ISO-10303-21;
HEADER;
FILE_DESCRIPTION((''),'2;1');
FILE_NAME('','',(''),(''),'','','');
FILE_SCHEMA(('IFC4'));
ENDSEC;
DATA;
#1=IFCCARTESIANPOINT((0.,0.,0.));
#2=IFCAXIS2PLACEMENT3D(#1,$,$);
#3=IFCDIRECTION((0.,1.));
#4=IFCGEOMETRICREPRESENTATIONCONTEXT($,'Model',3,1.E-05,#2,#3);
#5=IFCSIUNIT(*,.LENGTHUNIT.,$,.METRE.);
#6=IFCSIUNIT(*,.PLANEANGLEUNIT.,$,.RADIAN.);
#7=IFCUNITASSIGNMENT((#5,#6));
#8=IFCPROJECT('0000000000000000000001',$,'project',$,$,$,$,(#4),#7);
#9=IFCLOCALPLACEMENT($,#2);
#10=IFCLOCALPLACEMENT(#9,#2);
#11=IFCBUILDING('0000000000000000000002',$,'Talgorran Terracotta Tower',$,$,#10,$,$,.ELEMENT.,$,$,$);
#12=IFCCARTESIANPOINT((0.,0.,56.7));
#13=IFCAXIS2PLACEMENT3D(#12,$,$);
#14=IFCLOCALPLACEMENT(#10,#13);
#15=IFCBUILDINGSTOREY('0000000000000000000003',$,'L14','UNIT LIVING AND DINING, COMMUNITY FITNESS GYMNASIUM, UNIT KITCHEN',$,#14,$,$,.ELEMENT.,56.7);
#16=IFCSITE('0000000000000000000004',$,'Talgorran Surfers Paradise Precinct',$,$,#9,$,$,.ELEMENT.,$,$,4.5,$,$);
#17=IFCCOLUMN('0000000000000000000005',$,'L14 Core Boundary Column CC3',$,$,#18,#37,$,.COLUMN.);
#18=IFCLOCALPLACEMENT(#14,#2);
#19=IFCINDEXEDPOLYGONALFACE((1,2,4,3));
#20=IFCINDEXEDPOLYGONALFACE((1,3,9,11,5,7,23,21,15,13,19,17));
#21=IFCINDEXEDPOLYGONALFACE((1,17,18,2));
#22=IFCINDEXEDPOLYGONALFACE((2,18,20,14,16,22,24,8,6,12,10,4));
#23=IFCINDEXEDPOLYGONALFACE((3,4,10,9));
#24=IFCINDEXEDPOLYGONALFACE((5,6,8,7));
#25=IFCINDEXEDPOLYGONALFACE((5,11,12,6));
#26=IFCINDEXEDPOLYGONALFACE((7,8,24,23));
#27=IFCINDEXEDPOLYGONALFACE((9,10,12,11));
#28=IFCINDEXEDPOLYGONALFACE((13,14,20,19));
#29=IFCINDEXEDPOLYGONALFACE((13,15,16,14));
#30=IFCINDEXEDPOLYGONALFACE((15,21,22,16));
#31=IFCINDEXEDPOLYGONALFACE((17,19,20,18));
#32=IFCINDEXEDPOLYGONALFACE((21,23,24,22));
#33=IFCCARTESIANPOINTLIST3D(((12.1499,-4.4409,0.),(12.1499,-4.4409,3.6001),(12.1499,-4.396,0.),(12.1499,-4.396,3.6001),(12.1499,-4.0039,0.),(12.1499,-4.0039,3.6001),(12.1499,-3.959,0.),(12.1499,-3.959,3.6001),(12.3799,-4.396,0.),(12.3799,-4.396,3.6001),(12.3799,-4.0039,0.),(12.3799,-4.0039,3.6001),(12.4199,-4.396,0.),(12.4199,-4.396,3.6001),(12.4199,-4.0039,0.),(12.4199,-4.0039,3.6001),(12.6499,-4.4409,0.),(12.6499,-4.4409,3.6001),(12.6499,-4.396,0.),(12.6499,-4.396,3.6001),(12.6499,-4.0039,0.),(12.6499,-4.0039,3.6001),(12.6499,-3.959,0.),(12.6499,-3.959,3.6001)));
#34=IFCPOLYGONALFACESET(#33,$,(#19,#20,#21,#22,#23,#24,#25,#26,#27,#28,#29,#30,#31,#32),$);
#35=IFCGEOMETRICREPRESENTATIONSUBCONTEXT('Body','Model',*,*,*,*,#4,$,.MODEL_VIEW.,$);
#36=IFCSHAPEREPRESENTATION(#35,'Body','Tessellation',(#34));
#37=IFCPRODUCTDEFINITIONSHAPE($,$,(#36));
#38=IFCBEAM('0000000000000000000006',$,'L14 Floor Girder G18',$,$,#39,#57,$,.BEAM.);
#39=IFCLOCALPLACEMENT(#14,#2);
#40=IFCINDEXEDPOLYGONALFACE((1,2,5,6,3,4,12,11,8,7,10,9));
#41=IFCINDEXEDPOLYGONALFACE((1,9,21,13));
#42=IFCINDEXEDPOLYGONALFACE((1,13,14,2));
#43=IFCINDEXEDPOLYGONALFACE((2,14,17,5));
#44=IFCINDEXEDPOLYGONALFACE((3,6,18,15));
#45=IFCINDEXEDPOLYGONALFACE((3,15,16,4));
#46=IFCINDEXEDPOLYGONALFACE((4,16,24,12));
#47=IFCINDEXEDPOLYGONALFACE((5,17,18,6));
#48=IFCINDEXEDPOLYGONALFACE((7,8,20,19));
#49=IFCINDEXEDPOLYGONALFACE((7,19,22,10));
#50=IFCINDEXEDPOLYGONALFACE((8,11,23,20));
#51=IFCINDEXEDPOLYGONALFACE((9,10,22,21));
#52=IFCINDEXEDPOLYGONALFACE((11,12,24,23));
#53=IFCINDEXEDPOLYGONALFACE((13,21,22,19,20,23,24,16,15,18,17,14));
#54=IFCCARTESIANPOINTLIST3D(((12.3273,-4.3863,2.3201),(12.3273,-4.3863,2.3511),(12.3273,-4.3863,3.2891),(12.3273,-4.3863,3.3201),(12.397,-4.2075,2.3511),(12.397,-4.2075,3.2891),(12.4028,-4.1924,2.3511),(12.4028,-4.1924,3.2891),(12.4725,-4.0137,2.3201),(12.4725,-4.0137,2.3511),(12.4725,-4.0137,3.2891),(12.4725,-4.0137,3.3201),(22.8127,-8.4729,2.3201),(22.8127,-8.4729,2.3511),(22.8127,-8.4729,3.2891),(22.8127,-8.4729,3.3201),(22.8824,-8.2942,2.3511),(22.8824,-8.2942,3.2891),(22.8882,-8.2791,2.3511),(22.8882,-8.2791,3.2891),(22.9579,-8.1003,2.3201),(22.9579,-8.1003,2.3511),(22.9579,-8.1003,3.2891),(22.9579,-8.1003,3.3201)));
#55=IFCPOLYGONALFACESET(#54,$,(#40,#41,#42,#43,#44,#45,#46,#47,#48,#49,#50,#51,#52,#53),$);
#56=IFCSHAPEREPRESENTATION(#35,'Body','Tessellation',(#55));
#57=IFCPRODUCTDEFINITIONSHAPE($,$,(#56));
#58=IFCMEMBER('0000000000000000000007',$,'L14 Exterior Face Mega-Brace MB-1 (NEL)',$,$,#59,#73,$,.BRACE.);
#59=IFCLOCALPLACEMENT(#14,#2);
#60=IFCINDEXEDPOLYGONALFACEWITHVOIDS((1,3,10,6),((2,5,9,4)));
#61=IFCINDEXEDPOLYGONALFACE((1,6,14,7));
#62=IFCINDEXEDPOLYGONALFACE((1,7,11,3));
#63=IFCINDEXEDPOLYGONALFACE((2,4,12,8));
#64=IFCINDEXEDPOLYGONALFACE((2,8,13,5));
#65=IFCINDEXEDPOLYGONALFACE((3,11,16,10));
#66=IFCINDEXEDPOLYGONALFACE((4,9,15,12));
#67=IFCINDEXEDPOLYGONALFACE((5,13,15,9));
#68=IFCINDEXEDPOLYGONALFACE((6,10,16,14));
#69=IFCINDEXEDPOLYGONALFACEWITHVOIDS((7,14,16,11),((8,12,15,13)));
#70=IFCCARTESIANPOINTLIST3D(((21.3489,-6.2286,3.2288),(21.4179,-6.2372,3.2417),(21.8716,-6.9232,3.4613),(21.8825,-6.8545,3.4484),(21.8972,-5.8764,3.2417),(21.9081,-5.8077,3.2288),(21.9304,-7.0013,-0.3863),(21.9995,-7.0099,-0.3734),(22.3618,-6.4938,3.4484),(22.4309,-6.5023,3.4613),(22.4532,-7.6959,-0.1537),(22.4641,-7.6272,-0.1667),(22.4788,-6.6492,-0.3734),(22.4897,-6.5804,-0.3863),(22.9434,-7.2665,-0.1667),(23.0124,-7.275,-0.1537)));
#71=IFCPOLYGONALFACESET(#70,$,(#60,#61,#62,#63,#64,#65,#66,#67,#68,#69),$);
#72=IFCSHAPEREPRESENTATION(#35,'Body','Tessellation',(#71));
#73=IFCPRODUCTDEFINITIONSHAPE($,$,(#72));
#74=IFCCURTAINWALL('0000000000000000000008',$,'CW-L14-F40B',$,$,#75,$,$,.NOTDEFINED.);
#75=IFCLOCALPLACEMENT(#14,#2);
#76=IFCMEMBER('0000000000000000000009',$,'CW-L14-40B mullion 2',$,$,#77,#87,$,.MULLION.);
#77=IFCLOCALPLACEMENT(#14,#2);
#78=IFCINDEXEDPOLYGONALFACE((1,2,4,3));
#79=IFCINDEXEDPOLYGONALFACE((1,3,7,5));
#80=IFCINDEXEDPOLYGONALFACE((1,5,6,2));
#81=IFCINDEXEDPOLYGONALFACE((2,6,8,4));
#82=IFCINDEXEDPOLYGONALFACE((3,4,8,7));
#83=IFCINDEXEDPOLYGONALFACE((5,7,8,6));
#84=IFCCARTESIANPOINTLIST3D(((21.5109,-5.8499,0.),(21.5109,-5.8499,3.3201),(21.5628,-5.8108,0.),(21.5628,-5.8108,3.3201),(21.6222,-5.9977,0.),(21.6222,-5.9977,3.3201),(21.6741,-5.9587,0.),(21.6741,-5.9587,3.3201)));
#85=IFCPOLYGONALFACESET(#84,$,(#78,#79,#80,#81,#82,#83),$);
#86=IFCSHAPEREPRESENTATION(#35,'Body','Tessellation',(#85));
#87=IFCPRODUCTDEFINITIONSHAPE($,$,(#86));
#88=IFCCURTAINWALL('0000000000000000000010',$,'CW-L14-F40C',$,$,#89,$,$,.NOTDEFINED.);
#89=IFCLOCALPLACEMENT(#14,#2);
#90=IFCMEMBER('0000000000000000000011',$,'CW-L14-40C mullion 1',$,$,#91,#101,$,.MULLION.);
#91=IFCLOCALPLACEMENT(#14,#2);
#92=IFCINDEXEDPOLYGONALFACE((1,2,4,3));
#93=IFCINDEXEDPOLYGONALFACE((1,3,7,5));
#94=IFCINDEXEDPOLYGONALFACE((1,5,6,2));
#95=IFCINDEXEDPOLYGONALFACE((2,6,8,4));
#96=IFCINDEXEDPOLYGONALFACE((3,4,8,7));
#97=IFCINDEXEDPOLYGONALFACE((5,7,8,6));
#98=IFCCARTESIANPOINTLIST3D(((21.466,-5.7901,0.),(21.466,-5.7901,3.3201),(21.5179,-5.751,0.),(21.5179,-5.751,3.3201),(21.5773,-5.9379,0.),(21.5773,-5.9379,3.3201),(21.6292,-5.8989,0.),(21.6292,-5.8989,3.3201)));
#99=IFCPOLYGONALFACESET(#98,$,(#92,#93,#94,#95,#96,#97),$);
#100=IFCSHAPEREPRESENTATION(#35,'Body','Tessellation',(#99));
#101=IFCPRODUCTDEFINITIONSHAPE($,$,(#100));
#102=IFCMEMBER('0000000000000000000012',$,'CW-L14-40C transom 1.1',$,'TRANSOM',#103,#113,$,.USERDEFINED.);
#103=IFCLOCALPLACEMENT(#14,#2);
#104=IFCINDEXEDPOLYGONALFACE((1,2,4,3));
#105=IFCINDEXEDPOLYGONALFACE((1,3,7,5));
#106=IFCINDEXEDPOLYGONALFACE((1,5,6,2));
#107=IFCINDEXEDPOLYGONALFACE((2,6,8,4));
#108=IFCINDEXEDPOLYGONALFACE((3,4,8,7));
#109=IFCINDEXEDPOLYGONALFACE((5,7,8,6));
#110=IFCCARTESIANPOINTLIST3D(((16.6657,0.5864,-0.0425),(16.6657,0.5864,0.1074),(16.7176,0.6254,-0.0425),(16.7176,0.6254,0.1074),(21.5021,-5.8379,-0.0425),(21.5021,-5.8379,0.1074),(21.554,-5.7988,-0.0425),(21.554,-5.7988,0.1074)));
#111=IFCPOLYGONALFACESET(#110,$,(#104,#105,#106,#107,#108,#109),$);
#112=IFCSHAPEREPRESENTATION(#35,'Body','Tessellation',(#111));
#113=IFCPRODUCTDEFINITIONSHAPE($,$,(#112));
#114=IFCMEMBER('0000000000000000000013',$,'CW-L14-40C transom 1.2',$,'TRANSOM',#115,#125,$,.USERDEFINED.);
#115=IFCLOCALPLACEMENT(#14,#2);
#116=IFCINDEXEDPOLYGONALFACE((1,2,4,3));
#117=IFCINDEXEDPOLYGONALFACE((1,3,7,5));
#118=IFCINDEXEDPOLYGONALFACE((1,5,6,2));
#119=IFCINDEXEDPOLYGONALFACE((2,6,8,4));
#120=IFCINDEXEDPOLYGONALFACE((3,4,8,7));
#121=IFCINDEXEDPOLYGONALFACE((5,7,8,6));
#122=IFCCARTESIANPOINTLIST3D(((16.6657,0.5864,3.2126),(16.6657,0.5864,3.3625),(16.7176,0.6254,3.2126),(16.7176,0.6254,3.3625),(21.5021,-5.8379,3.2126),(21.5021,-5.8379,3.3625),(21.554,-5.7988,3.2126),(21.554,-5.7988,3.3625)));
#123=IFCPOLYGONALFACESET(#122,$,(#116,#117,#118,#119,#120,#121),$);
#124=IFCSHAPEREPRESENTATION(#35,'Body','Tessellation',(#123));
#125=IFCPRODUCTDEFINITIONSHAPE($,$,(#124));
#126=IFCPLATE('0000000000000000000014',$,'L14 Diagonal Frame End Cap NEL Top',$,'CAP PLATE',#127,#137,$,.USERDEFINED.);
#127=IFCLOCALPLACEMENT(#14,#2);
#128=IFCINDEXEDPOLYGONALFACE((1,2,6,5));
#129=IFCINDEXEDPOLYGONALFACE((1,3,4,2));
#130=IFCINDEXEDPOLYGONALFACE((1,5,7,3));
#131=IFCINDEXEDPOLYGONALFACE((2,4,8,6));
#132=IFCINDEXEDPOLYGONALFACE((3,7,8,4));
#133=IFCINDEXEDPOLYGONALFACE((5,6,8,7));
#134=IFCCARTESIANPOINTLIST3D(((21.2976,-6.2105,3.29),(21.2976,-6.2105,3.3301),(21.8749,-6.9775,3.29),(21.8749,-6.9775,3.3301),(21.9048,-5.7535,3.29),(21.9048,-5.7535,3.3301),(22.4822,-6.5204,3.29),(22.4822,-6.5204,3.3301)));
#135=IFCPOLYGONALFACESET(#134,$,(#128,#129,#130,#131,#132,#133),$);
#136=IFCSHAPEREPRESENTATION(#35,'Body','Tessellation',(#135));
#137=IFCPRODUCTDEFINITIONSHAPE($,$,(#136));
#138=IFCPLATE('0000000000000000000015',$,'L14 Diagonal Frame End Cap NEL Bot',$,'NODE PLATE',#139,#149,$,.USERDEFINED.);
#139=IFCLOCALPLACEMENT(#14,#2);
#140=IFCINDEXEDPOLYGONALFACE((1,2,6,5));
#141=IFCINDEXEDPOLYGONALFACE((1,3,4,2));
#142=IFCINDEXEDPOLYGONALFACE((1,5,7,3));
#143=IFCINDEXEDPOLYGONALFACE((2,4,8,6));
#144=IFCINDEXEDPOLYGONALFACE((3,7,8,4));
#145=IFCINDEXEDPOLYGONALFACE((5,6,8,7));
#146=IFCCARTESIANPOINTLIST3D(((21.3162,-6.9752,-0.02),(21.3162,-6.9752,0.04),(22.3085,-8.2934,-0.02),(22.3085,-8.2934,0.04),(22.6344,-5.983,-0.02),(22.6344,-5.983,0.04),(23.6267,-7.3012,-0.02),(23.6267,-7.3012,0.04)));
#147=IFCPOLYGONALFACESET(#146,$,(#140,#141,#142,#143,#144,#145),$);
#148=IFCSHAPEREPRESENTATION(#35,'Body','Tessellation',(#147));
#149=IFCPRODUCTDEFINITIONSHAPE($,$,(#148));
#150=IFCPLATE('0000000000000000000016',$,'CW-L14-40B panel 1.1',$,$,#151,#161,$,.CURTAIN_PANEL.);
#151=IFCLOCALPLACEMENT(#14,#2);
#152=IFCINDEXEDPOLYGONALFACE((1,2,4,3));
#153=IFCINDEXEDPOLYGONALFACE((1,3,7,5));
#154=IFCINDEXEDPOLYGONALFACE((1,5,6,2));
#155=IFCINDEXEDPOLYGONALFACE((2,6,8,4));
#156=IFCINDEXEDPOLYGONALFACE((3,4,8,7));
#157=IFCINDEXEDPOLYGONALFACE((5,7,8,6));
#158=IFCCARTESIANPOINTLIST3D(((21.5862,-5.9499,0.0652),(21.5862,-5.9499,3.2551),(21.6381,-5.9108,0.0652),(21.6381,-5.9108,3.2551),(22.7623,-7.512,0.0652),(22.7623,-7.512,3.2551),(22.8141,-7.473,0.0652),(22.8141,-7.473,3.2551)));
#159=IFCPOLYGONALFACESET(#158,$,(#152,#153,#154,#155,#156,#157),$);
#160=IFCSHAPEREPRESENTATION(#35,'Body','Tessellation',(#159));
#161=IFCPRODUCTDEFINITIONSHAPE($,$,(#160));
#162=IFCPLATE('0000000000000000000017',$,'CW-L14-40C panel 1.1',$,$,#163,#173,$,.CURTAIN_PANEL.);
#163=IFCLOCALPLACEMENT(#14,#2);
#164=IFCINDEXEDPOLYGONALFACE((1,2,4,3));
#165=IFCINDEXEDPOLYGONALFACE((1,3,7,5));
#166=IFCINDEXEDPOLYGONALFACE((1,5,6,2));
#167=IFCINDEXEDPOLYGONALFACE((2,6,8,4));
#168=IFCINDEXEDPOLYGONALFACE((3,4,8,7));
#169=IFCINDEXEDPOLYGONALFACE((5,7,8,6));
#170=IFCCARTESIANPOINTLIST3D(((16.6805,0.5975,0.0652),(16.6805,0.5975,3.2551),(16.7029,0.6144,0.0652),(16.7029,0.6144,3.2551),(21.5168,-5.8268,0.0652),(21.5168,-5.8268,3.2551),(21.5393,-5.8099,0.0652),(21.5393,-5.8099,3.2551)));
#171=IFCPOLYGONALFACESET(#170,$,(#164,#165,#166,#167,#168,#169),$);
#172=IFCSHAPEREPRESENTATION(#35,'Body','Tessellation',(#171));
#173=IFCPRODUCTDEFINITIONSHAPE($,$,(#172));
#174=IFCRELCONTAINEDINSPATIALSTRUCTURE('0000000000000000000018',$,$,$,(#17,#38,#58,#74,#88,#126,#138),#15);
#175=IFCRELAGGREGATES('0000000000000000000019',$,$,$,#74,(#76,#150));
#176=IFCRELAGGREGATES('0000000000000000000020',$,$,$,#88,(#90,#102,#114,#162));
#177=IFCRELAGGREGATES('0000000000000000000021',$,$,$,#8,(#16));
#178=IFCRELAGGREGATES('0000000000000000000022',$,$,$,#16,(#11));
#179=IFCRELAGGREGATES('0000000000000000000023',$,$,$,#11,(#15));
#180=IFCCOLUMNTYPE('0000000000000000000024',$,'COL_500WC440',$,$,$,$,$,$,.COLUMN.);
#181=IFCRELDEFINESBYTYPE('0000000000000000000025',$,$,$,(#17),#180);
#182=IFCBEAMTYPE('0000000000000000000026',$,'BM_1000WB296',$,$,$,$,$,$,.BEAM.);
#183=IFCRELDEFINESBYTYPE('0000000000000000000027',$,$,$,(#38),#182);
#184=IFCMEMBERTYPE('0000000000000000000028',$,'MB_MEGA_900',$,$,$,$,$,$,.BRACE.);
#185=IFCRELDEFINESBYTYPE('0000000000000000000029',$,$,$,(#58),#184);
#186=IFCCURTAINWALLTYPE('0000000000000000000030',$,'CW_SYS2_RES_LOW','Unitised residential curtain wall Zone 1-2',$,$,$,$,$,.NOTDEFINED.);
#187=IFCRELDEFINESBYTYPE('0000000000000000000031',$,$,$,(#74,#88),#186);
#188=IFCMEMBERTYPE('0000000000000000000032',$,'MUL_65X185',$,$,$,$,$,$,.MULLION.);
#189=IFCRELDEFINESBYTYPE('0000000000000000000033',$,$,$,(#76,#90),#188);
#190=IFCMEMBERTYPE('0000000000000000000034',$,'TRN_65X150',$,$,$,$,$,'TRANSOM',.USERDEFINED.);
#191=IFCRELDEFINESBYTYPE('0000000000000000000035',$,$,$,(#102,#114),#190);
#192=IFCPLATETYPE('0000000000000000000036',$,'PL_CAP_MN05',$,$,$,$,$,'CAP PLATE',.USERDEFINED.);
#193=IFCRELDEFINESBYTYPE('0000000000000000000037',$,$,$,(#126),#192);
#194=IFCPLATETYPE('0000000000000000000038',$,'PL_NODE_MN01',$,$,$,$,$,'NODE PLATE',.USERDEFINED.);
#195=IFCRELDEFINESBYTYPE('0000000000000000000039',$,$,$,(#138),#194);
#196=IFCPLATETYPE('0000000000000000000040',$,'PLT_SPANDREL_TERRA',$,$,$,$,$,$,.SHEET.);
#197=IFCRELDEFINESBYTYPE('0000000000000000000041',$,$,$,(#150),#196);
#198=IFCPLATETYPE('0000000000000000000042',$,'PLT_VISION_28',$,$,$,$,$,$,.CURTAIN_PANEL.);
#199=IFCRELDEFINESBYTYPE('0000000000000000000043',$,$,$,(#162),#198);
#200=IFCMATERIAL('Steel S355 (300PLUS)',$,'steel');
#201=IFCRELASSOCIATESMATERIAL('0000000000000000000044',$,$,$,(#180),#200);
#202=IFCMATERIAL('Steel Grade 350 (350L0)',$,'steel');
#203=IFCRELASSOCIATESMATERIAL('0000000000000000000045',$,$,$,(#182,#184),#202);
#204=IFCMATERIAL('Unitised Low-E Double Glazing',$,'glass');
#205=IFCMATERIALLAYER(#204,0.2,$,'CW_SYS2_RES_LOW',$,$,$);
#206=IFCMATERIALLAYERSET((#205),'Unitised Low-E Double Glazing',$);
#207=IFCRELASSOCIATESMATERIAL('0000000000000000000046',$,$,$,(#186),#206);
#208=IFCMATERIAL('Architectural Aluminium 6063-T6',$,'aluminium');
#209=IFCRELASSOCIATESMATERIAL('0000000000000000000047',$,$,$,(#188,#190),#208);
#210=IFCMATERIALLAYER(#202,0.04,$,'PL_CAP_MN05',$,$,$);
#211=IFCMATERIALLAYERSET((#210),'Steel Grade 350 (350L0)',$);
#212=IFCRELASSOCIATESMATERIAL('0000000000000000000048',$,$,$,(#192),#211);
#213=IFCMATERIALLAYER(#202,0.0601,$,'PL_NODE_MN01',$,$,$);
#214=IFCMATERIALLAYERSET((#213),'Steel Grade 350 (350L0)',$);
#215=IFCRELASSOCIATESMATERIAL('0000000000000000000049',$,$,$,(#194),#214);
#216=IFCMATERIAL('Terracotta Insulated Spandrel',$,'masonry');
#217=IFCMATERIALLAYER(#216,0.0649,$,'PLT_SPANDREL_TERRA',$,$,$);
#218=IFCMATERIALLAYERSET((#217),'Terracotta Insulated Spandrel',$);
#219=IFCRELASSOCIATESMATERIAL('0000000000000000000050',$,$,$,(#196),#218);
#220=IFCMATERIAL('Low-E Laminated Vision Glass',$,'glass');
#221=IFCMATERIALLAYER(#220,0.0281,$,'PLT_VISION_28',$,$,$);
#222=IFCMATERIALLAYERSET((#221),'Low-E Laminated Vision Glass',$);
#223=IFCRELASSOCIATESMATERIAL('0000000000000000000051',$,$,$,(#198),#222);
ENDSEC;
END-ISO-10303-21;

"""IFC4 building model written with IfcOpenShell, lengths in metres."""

from ifc_helpers import new_model, si_unit, direction, frame, origin, origin_2d, place, context, subcontext, project, spatial, rectangle, hollow_rectangle, i_section, extrude, source, transform, mapped, material, layer, layer_set, material_profile, profile_set, type_object, type_shapes, element, aggregate, save


model = new_model("IFC4")

# Units and contexts
model_context = context("Model", 3, precision=1e-05, world=origin(), true_north=direction((0.0, 1.0)))
body_context = subcontext(model_context, "Body", "Model", "MODEL_VIEW")
ifc_project = project(units=[si_unit("LENGTHUNIT", "METRE"), si_unit("PLANEANGLEUNIT", "RADIAN")], contexts=[model_context])

# Site, building, storey
site_placement = place(None, origin())
site = spatial("IfcSite", under=ifc_project, at=site_placement, Name="Talgorran Surfers Paradise Precinct", CompositionType="ELEMENT", RefElevation=4.5)
building_placement = place(site_placement, origin())
building = spatial("IfcBuilding", under=site, at=building_placement, Name="Talgorran Terracotta Tower", CompositionType="ELEMENT")
storey_placement = place(building_placement, frame((0.0, 0.0, 56.7)))
storey = spatial("IfcBuildingStorey", under=building, at=storey_placement, Name="L14", Description="UNIT LIVING AND DINING, COMMUNITY FITNESS GYMNASIUM, UNIT KITCHEN", CompositionType="ELEMENT", Elevation=56.7)

# Column
ifc_material_1 = material(Name="Steel S355 (300PLUS)", Category="steel")
ifc_material_profile_1 = material_profile(ifc_material_1, i_section(OverallWidth=0.5, OverallDepth=0.4819, WebThickness=0.04, FlangeThickness=0.0449, at=origin_2d()), Name="500WC440")
ifc_profile_set_1 = profile_set([ifc_material_profile_1], Name="Steel S355 (300PLUS)")
column_type = type_object("IfcColumnType", Name="COL_500WC440", PredefinedType="COLUMN", material=ifc_profile_set_1)
column_placement = place(storey_placement, frame((12.3999, -4.2, 0.0), z_axis=(0.0, 0.0, 1.0), x_axis=(1.0, 0.0, 0.0)))
element("IfcColumn", 1, at=column_placement, inside=storey, type_object=column_type, Name="L14 Core Boundary Column CC3", PredefinedType="COLUMN", context=body_context, shape_type="SweptSolid", body=[
    extrude(i_section(OverallWidth=0.5, OverallDepth=0.4819, WebThickness=0.04, FlangeThickness=0.0449, at=origin_2d()), origin(), (0.0, 0.0, 1.0), 3.6001),
])

# Beam
ifc_material_2 = material(Name="Steel Grade 350 (350L0)", Category="steel")
ifc_material_profile_2 = material_profile(ifc_material_2, i_section(OverallWidth=0.3999, OverallDepth=1.0, WebThickness=0.0161, FlangeThickness=0.031, at=origin_2d()), Name="1000WB296")
ifc_profile_set_2 = profile_set([ifc_material_profile_2], Name="Steel Grade 350 (350L0)")
beam_type = type_object("IfcBeamType", Name="BM_1000WB296", PredefinedType="BEAM", material=ifc_profile_set_2)
beam_placement = place(storey_placement, frame((12.3999, -4.2, 2.8201), z_axis=(0.931733, -0.363143, 0.0), x_axis=(0.363143, 0.931733, 0.0)))
element("IfcBeam", 2, at=beam_placement, inside=storey, type_object=beam_type, Name="L14 Floor Girder G18", PredefinedType="BEAM", context=body_context, shape_type="SweptSolid", body=[
    extrude(i_section(OverallWidth=0.3999, OverallDepth=1.0, WebThickness=0.0161, FlangeThickness=0.031, at=origin_2d()), origin(), (0.0, 0.0, 1.0), 11.2537),
])

# Member
ifc_material_profile_3 = material_profile(ifc_material_2, hollow_rectangle(XDim=0.7, YDim=0.8999, WallThickness=0.05, at=origin_2d()), Name="WBOX900X700X50")
ifc_profile_set_3 = profile_set([ifc_material_profile_3], Name="Steel Grade 350 (350L0)")
member_type_1 = type_object("IfcMemberType", Name="MB_MEGA_900", PredefinedType="BRACE", material=ifc_profile_set_3)
member_1_placement = place(storey_placement, frame((22.4714, -7.1382, -0.27), z_axis=(-0.155405, 0.206489, 0.966029), x_axis=(-0.798999, -0.601332, 0.0)))
element("IfcMember", 3, at=member_1_placement, inside=storey, type_object=member_type_1, Name="L14 Exterior Face Mega-Brace MB-1 (NEL)", PredefinedType="BRACE", context=body_context, shape_type="SweptSolid", body=[
    extrude(hollow_rectangle(XDim=0.7, YDim=0.8999, WallThickness=0.05, at=origin_2d()), origin(), (0.0, 0.0, 1.0), 3.7422),
])

# Curtain wall, member
ifc_material_3 = material(Name="Unitised Low-E Double Glazing", Category="glass")
ifc_layer_1 = layer(ifc_material_3, 0.2, Name="CW_SYS2_RES_LOW")
ifc_layer_set_1 = layer_set([ifc_layer_1], Name="Unitised Low-E Double Glazing")
curtain_wall_type = type_object("IfcCurtainWallType", Name="CW_SYS2_RES_LOW", Description="Unitised residential curtain wall Zone 1-2", PredefinedType="NOTDEFINED", material=ifc_layer_set_1)
curtain_wall_1_placement = place(storey_placement, origin())
curtain_wall_1 = element("IfcCurtainWall", 4, at=curtain_wall_1_placement, inside=storey, type_object=curtain_wall_type, Name="CW-L14-F40B", PredefinedType="NOTDEFINED")
ifc_material_4 = material(Name="Architectural Aluminium 6063-T6", Category="aluminium")
ifc_material_profile_4 = material_profile(ifc_material_4, rectangle(XDim=0.0649, YDim=0.1851, at=origin_2d()), Name="CWM65X185")
ifc_profile_set_4 = profile_set([ifc_material_profile_4], Name="Architectural Aluminium 6063-T6")
member_type_2 = type_object("IfcMemberType", Name="MUL_65X185", PredefinedType="MULLION", material=ifc_profile_set_4)
member_2_placement = place(storey_placement, frame((21.5925, -5.9043, 0.0), z_axis=(0.0, 0.0, 1.0), x_axis=(-0.798917, -0.601441, 0.0)))
member_2 = element("IfcMember", 5, at=member_2_placement, type_object=member_type_2, Name="CW-L14-40B mullion 2", PredefinedType="MULLION", context=body_context, shape_type="SweptSolid", body=[
    extrude(rectangle(XDim=0.0649, YDim=0.1851, at=origin_2d()), origin(), (0.0, 0.0, 1.0), 3.3201),
])

# Curtain wall, members
curtain_wall_2_placement = place(storey_placement, origin())
curtain_wall_2 = element("IfcCurtainWall", 6, at=curtain_wall_2_placement, inside=storey, type_object=curtain_wall_type, Name="CW-L14-F40C", PredefinedType="NOTDEFINED")
member_3_placement = place(storey_placement, frame((21.5476, -5.8445, 0.0), z_axis=(0.0, 0.0, 1.0), x_axis=(-0.798915, -0.601444, 0.0)))
member_3 = element("IfcMember", 7, at=member_3_placement, type_object=member_type_2, Name="CW-L14-40C mullion 1", PredefinedType="MULLION", context=body_context, shape_type="SweptSolid", body=[
    extrude(rectangle(XDim=0.0649, YDim=0.1851, at=origin_2d()), origin(), (0.0, 0.0, 1.0), 3.3201),
])
ifc_material_profile_5 = material_profile(ifc_material_4, rectangle(XDim=0.0649, YDim=0.1499, at=origin_2d()), Name="CWT65X150")
ifc_profile_set_5 = profile_set([ifc_material_profile_5], Name="Architectural Aluminium 6063-T6")
member_type_3 = type_object("IfcMemberType", Name="TRN_65X150", ElementType="TRANSOM", PredefinedType="USERDEFINED", material=ifc_profile_set_5)
member_4_placement = place(storey_placement, frame((21.5281, -5.8184, 0.0325), z_axis=(-0.601447, 0.798913, 0.0), x_axis=(-0.798913, -0.601447, 0.0)))
member_4 = element("IfcMember", 8, at=member_4_placement, type_object=member_type_3, Name="CW-L14-40C transom 1.1", ObjectType="TRANSOM", PredefinedType="USERDEFINED", context=body_context, shape_type="SweptSolid", body=[
    extrude(rectangle(XDim=0.0649, YDim=0.1499, at=origin_2d()), origin(), (0.0, 0.0, 1.0), 8.0413),
])
member_5_placement = place(storey_placement, frame((21.5281, -5.8184, 3.2876), z_axis=(-0.601447, 0.798913, 0.0), x_axis=(-0.798913, -0.601447, 0.0)))
member_5 = element("IfcMember", 9, at=member_5_placement, type_object=member_type_3, Name="CW-L14-40C transom 1.2", ObjectType="TRANSOM", PredefinedType="USERDEFINED", context=body_context, shape_type="SweptSolid", body=[
    extrude(rectangle(XDim=0.0649, YDim=0.1499, at=origin_2d()), origin(), (0.0, 0.0, 1.0), 8.0413),
])

# Plates
ifc_layer_2 = layer(ifc_material_2, 0.04, Name="PL_CAP_MN05")
ifc_layer_set_2 = layer_set([ifc_layer_2], Name="Steel Grade 350 (350L0)")
plate_type_1 = type_object("IfcPlateType", Name="PL_CAP_MN05", ElementType="CAP PLATE", PredefinedType="USERDEFINED", material=ifc_layer_set_2)
plate_1_placement = place(storey_placement, frame((21.8899, -6.3655, 3.29), z_axis=(0.0, 0.0, 1.0), x_axis=(-0.601397, 0.798951, 0.0)))
element("IfcPlate", 10, at=plate_1_placement, inside=storey, type_object=plate_type_1, Name="L14 Diagonal Frame End Cap NEL Top", ObjectType="CAP PLATE", PredefinedType="USERDEFINED", context=body_context, shape_type="SweptSolid", body=[
    extrude(rectangle(XDim=0.96, YDim=0.76, at=origin_2d()), origin(), (0.0, 0.0, 1.0), 0.04),
])
ifc_layer_3 = layer(ifc_material_2, 0.0601, Name="PL_NODE_MN01")
ifc_layer_set_3 = layer_set([ifc_layer_3], Name="Steel Grade 350 (350L0)")
plate_type_2 = type_object("IfcPlateType", Name="PL_NODE_MN01", ElementType="NODE PLATE", PredefinedType="USERDEFINED", material=ifc_layer_set_3)
plate_2_placement = place(storey_placement, frame((22.4714, -7.1382, -0.02), z_axis=(0.0, 0.0, 1.0), x_axis=(-0.601397, 0.798951, 0.0)))
element("IfcPlate", 11, at=plate_2_placement, inside=storey, type_object=plate_type_2, Name="L14 Diagonal Frame End Cap NEL Bot", ObjectType="NODE PLATE", PredefinedType="USERDEFINED", context=body_context, shape_type="SweptSolid", body=[
    extrude(rectangle(XDim=1.6499, YDim=1.6499, at=origin_2d()), origin(), (0.0, 0.0, 1.0), 0.0601),
])

# Plates
ifc_material_5 = material(Name="Terracotta Insulated Spandrel", Category="masonry")
ifc_layer_4 = layer(ifc_material_5, 0.0649, Name="PLT_SPANDREL_TERRA")
ifc_layer_set_4 = layer_set([ifc_layer_4], Name="Terracotta Insulated Spandrel")
plate_type_3 = type_object("IfcPlateType", Name="PLT_SPANDREL_TERRA", PredefinedType="SHEET", material=ifc_layer_set_4)
shared_shape_1 = source(origin(), body_context, "Body", "SweptSolid", [
    extrude(rectangle(XDim=1.9553, YDim=0.0649, at=origin_2d()), origin(), (0.0, 0.0, 1.0), 3.1899),
])
type_shapes(plate_type_3, [shared_shape_1])
plate_3_placement = place(storey_placement, frame((22.2002, -6.7114, 0.0652), z_axis=(0.0, 0.0, 1.0), x_axis=(-0.601441, 0.798917, 0.0)))
plate_3 = element("IfcPlate", 12, at=plate_3_placement, type_object=plate_type_3, Name="CW-L14-40B panel 1.1", PredefinedType="CURTAIN_PANEL", context=body_context, shape_type="MappedRepresentation", body=[
    mapped(shared_shape_1, transform((0.0, 0.0, 0.0), scale=1.0)),
])
aggregate(curtain_wall_1, [member_2, plate_3])
ifc_material_6 = material(Name="Low-E Laminated Vision Glass", Category="glass")
ifc_layer_5 = layer(ifc_material_6, 0.0281, Name="PLT_VISION_28")
ifc_layer_set_5 = layer_set([ifc_layer_5], Name="Low-E Laminated Vision Glass")
plate_type_4 = type_object("IfcPlateType", Name="PLT_VISION_28", PredefinedType="CURTAIN_PANEL", material=ifc_layer_set_5)
shared_shape_2 = source(origin(), body_context, "Body", "SweptSolid", [
    extrude(rectangle(XDim=8.0413, YDim=0.0281, at=origin_2d()), origin(), (0.0, 0.0, 1.0), 3.1899),
])
type_shapes(plate_type_4, [shared_shape_2])
plate_4_placement = place(storey_placement, frame((19.1099, -2.6062, 0.0652), z_axis=(0.0, 0.0, 1.0), x_axis=(-0.601444, 0.798915, 0.0)))
plate_4 = element("IfcPlate", 13, at=plate_4_placement, type_object=plate_type_4, Name="CW-L14-40C panel 1.1", PredefinedType="CURTAIN_PANEL", context=body_context, shape_type="MappedRepresentation", body=[
    mapped(shared_shape_2, transform((0.0, 0.0, 0.0), scale=1.0)),
])
aggregate(curtain_wall_2, [member_3, member_4, member_5, plate_4])

save(model, "model.ifc")
